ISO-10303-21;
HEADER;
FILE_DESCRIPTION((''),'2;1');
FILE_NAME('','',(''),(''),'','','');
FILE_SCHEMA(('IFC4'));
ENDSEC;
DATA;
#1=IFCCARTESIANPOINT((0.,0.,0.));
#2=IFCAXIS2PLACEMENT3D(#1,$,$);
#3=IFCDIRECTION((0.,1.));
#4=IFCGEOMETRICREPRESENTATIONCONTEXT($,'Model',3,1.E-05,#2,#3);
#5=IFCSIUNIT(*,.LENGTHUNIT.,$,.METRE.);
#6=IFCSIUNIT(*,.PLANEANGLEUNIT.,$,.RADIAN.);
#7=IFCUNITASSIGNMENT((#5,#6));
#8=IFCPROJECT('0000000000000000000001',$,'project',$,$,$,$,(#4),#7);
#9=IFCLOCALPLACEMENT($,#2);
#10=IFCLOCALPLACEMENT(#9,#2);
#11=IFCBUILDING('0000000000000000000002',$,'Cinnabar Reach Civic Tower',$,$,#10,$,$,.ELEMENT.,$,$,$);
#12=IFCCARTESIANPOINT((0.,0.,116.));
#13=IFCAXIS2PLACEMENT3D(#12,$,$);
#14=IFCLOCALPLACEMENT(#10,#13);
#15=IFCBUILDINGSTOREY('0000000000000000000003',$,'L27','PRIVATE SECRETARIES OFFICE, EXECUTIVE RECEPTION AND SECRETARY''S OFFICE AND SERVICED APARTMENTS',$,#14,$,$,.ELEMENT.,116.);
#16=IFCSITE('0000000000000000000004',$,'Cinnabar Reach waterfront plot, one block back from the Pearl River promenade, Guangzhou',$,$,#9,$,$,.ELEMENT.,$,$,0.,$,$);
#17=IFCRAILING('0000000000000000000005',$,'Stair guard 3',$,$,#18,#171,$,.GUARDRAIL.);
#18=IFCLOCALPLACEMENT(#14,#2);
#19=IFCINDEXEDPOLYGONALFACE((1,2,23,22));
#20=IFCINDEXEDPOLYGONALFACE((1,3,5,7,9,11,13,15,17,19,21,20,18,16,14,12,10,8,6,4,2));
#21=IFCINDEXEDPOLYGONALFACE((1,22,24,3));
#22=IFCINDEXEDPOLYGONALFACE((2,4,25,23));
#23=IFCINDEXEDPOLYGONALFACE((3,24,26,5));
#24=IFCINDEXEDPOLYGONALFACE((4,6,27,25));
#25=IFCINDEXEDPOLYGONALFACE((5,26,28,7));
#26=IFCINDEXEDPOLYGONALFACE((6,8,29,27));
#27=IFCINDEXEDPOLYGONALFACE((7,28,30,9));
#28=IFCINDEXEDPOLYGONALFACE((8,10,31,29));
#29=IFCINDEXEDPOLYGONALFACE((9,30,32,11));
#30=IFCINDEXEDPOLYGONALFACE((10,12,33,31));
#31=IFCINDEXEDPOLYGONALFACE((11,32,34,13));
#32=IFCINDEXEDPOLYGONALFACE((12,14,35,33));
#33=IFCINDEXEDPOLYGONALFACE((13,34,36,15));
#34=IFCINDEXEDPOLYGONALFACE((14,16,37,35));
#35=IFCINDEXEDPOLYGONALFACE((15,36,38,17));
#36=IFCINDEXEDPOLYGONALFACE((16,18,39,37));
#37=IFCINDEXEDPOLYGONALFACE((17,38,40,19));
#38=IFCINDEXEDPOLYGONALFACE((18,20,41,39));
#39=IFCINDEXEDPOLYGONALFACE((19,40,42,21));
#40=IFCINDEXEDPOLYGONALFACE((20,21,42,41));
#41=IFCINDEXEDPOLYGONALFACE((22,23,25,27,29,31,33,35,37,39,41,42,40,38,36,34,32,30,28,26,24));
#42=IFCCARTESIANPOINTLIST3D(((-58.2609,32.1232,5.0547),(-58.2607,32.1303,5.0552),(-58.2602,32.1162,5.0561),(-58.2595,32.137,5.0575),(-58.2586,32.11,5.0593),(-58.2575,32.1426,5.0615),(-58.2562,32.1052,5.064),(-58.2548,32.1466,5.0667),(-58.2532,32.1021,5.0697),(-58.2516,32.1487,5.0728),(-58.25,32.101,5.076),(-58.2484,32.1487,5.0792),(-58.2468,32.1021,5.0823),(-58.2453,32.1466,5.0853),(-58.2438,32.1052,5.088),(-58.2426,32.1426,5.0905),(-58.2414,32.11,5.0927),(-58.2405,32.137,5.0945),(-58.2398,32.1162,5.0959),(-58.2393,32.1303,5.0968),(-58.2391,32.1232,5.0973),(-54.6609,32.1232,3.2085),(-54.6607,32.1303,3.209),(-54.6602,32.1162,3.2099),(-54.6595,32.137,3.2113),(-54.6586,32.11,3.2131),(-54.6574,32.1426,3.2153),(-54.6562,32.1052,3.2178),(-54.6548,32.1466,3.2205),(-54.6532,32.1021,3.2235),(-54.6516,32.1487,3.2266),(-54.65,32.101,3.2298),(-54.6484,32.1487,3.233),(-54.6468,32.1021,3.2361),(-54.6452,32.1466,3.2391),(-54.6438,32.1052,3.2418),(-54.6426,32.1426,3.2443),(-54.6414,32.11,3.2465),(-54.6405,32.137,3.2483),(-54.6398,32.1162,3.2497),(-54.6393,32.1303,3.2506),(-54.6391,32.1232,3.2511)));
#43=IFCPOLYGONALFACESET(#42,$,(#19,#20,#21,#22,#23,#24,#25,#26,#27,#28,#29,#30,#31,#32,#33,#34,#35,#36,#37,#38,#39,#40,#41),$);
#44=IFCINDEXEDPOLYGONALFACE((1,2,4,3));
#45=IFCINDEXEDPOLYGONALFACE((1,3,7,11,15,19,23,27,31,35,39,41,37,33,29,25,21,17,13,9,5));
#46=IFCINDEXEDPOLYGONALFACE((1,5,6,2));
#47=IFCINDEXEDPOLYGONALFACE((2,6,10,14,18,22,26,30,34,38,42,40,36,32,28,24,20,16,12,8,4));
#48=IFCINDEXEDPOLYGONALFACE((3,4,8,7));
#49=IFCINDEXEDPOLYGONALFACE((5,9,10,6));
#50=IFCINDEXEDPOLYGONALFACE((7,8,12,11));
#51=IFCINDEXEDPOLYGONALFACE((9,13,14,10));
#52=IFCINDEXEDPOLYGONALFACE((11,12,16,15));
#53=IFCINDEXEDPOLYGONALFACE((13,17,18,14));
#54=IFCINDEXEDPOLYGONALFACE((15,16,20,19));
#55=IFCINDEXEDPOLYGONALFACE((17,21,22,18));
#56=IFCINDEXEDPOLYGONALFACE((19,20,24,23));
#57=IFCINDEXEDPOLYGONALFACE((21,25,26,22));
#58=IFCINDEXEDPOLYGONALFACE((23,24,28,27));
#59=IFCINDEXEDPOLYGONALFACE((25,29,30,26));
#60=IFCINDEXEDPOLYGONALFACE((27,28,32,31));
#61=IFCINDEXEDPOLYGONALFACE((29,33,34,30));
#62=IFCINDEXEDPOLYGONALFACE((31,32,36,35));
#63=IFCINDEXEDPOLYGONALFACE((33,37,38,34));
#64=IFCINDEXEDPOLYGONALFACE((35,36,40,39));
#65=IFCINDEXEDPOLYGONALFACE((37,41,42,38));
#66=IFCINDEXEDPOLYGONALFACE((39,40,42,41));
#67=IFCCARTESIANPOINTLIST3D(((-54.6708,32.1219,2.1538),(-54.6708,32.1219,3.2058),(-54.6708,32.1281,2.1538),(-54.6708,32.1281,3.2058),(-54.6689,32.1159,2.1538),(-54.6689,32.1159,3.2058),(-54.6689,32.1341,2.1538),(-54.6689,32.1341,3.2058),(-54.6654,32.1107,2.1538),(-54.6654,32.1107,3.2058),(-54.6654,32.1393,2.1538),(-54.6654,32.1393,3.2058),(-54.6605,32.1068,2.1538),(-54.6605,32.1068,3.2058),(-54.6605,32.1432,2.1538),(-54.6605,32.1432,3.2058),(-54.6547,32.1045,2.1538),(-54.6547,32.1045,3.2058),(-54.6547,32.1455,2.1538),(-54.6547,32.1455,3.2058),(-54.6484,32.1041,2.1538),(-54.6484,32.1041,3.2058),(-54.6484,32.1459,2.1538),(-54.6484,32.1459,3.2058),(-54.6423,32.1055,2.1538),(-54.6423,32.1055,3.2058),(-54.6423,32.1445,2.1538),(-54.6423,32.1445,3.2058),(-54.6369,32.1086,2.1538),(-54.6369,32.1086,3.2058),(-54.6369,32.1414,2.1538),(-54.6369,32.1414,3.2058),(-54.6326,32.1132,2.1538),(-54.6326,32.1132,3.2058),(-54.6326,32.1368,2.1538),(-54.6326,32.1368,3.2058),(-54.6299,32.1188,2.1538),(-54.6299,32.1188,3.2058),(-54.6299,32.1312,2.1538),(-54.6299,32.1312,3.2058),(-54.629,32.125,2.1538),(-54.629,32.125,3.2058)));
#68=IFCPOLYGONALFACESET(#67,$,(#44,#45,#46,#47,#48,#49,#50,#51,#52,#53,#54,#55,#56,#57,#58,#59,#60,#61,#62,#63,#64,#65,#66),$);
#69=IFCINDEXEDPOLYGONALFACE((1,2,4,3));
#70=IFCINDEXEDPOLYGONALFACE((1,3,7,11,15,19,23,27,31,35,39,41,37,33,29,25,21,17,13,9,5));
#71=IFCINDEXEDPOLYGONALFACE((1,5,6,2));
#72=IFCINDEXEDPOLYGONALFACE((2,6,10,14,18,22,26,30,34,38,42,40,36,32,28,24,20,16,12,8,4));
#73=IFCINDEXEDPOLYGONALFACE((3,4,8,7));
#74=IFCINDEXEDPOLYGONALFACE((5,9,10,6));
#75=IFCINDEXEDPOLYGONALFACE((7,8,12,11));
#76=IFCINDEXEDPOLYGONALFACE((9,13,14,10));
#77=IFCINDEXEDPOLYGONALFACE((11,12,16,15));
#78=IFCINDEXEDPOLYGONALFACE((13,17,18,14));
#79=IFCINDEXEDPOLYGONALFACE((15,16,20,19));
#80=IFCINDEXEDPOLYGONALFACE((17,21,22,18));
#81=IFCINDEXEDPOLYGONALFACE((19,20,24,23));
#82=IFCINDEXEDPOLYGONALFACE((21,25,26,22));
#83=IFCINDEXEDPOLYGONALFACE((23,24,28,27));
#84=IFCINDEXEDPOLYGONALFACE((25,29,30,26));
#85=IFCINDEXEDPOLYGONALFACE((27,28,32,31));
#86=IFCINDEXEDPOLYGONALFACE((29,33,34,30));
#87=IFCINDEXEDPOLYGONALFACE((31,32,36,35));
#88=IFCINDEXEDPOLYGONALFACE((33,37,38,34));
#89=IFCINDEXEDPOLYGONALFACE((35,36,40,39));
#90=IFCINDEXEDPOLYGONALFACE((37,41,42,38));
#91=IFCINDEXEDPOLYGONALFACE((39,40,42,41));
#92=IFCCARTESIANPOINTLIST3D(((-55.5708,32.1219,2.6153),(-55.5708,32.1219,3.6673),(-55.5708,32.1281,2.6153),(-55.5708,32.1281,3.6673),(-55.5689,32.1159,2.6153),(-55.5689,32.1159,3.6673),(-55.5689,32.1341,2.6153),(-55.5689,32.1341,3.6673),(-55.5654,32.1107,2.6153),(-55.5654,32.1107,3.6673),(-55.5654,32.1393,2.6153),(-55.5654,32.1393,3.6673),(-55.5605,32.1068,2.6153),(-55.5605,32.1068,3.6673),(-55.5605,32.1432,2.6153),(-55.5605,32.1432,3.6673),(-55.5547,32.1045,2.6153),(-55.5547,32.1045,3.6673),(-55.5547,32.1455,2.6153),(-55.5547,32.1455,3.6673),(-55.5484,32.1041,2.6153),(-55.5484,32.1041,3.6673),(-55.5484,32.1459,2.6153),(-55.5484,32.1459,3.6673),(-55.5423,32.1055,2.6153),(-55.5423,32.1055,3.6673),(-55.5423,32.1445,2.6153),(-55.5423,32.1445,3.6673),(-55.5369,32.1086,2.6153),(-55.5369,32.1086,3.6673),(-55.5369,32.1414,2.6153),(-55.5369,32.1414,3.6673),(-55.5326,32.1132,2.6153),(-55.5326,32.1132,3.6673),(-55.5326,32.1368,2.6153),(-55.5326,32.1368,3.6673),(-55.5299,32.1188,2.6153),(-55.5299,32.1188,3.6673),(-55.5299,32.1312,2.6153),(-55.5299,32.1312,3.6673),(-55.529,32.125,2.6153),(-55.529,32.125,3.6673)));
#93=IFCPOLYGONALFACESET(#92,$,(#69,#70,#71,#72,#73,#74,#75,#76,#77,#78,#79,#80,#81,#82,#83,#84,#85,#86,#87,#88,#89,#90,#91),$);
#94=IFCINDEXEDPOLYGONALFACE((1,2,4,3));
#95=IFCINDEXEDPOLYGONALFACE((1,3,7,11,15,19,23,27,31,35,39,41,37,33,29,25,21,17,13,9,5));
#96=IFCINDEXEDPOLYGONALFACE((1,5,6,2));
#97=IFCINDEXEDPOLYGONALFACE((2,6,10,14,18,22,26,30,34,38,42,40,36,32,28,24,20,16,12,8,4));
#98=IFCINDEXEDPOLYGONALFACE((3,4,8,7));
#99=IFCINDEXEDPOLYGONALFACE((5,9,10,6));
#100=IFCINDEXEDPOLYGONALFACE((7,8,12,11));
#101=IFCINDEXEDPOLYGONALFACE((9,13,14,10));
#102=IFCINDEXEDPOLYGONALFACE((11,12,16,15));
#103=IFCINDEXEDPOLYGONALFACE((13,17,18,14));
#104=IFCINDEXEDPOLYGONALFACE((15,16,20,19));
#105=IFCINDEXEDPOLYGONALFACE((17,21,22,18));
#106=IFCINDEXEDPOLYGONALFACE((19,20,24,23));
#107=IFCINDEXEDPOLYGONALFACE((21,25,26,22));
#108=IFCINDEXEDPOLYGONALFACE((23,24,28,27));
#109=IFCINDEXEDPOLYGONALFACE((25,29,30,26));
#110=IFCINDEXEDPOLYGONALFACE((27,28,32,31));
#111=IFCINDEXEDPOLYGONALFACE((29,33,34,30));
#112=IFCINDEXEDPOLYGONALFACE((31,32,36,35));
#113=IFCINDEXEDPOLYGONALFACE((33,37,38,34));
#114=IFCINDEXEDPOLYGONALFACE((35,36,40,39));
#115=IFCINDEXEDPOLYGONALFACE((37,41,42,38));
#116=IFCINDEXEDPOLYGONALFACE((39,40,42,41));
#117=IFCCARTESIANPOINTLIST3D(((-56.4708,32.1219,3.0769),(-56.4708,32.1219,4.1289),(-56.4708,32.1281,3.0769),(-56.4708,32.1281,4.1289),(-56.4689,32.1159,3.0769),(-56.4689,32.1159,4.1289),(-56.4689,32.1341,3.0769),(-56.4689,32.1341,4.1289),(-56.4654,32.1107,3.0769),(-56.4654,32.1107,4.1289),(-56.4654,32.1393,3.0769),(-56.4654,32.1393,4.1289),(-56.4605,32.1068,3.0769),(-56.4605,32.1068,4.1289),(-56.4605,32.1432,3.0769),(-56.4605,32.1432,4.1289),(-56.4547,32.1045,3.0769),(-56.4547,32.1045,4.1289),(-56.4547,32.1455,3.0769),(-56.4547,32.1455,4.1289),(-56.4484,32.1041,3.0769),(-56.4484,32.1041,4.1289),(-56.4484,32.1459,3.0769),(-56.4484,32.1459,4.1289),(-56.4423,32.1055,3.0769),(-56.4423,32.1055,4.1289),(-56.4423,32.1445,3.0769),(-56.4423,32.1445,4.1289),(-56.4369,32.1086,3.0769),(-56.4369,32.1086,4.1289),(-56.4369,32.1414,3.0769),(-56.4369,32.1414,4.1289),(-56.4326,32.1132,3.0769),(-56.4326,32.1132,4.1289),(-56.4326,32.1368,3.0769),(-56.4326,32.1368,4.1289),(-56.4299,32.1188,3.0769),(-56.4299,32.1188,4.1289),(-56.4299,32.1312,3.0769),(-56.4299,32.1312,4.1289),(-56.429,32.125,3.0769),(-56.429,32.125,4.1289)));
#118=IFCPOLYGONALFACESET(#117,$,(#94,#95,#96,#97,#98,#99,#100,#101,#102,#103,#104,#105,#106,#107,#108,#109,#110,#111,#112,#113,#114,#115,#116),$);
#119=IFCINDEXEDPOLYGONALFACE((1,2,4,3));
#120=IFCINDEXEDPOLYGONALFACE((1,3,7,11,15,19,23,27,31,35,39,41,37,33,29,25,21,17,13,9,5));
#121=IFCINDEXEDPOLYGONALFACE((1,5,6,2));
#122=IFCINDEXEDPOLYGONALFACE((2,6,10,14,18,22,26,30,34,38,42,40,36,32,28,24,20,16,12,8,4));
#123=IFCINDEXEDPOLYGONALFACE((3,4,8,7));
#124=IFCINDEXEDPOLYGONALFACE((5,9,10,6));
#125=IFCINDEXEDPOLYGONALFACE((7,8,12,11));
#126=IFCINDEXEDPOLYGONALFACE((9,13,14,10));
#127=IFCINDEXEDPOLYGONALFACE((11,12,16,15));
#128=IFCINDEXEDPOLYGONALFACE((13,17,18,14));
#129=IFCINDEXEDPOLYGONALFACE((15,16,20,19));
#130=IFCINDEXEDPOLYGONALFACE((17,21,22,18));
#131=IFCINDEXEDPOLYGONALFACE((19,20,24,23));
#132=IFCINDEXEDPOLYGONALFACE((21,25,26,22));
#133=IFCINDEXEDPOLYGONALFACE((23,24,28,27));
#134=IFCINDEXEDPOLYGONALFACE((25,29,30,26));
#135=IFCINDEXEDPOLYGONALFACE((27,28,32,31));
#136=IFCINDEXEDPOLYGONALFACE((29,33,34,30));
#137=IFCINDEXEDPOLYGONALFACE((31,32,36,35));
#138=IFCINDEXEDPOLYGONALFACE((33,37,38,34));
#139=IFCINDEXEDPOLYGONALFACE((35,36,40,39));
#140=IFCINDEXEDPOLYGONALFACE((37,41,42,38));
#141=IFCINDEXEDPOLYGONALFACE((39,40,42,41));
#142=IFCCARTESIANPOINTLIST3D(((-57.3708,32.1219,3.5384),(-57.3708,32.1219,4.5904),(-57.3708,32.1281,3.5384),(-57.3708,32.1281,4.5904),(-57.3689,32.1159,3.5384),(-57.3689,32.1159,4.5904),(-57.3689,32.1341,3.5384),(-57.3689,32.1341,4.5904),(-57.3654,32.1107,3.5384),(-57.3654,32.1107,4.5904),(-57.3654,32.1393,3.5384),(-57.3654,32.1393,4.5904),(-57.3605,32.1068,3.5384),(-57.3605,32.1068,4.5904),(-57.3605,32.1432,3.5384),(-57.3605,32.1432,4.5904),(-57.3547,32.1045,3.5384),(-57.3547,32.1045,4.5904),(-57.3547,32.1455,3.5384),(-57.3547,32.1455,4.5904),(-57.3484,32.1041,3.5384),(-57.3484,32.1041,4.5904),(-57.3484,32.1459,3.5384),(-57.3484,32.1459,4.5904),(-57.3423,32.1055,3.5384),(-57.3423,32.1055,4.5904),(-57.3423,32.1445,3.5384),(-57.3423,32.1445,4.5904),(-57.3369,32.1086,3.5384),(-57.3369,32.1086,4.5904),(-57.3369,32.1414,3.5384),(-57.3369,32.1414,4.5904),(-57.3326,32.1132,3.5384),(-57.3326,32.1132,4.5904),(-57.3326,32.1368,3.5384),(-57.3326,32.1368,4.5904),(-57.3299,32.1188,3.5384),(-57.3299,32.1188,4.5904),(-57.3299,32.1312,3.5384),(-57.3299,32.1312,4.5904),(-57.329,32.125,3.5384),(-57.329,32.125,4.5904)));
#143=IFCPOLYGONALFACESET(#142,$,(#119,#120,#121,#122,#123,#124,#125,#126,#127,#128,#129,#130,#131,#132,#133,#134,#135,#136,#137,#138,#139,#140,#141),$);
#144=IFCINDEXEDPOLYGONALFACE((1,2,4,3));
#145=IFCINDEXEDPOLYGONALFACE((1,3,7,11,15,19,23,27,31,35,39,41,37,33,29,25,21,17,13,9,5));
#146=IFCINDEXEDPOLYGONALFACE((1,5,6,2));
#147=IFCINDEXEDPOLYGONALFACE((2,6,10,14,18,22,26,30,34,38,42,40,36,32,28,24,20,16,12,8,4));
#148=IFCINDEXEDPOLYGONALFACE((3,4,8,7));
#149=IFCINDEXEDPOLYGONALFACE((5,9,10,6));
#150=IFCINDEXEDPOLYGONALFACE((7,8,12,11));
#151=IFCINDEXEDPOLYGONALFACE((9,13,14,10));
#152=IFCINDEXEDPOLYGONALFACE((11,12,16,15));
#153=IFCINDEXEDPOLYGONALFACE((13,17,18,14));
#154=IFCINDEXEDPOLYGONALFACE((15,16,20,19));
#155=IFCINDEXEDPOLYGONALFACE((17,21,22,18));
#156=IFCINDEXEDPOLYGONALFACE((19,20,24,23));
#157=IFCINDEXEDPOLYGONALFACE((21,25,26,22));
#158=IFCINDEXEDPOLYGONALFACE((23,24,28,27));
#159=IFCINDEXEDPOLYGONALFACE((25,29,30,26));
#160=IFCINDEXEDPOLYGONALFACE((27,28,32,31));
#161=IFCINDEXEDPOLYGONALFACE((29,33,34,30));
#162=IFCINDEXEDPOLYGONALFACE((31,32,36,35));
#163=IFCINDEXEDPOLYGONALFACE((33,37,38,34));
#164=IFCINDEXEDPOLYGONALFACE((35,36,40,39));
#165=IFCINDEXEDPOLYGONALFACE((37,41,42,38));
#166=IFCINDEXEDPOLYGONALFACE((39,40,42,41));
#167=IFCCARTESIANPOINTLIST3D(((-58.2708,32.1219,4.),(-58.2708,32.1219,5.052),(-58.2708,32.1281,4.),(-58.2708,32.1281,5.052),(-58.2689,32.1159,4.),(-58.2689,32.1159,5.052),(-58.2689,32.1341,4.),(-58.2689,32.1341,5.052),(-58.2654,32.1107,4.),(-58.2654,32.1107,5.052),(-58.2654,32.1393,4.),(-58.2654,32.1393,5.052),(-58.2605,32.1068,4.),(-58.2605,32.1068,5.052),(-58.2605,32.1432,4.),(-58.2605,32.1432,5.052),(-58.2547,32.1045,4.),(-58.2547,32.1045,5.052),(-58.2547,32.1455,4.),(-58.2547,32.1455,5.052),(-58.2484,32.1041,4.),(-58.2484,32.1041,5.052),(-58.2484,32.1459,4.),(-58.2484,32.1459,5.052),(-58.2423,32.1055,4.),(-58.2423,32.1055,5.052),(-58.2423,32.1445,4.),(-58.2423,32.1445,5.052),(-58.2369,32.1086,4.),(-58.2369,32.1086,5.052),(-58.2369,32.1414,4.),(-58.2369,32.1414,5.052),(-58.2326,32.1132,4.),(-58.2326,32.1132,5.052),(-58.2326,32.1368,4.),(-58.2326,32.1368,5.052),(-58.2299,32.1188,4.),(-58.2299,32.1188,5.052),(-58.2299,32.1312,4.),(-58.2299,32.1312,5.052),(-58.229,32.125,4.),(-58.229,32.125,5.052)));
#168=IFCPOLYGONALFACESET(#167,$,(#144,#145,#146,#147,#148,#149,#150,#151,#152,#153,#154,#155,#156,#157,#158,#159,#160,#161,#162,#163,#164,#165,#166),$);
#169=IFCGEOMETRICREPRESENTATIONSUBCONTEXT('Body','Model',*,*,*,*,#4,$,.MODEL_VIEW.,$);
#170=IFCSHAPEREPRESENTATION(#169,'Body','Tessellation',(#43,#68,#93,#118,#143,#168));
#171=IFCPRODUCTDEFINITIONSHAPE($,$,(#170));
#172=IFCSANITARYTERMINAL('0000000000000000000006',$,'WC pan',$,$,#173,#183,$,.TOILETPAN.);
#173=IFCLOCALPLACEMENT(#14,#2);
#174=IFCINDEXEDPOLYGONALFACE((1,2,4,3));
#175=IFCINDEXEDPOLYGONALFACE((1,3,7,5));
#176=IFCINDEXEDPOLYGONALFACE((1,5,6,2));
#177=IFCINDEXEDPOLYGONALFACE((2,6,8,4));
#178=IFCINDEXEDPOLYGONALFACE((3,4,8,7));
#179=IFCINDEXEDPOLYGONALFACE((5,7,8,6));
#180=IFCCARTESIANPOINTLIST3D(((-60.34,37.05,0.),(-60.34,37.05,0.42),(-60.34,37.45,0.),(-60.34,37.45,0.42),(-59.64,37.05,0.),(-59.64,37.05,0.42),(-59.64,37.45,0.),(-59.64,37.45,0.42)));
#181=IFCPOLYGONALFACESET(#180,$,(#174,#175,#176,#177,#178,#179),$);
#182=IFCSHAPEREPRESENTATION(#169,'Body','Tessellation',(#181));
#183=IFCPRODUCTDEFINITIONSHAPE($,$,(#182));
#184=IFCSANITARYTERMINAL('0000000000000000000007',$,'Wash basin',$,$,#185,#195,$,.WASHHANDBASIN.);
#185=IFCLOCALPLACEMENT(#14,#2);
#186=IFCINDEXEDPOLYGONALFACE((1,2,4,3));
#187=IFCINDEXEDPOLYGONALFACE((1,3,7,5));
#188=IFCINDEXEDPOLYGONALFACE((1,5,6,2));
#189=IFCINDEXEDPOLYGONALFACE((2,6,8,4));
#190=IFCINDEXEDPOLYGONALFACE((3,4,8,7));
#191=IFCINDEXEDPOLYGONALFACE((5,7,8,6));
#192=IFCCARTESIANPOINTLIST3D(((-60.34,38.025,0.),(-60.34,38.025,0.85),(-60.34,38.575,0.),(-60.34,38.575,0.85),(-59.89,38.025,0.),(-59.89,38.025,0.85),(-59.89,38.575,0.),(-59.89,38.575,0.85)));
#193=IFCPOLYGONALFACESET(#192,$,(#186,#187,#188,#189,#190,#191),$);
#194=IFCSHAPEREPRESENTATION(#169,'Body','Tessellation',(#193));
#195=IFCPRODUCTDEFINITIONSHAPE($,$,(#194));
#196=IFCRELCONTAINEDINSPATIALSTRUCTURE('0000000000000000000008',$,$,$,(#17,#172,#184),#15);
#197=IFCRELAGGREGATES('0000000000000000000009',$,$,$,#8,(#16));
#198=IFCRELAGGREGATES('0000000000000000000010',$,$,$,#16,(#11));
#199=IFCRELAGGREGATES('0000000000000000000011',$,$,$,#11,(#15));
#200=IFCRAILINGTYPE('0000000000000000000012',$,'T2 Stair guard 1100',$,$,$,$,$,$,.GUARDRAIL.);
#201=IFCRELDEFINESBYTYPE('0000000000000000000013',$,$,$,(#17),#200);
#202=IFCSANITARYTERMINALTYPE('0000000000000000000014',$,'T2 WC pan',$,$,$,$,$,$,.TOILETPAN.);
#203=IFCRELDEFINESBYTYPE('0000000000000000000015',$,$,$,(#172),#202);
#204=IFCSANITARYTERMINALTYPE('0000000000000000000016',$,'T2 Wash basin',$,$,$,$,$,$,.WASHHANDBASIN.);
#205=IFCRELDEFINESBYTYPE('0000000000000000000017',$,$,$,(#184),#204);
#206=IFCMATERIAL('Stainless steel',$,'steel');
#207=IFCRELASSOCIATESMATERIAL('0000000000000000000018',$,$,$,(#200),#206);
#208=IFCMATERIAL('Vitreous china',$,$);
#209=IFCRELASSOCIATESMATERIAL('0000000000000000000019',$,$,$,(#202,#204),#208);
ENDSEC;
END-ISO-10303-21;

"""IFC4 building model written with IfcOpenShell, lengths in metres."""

from ifc_helpers import new_model, si_unit, direction, frame, origin, origin_2d, place, context, subcontext, project, spatial, rectangle, circle, extrude, material, type_object, element, save


model = new_model("IFC4")

# Units and contexts
model_context = context("Model", 3, precision=1e-05, world=origin(), true_north=direction((0.0, 1.0)))
body_context = subcontext(model_context, "Body", "Model", "MODEL_VIEW")
ifc_project = project(units=[si_unit("LENGTHUNIT", "METRE"), si_unit("PLANEANGLEUNIT", "RADIAN")], contexts=[model_context])

# Site, building, storey
site_placement = place(None, origin())
site = spatial("IfcSite", under=ifc_project, at=site_placement, Name="Cinnabar Reach waterfront plot, one block back from the Pearl River promenade, Guangzhou", CompositionType="ELEMENT", RefElevation=0.0)
building_placement = place(site_placement, origin())
building = spatial("IfcBuilding", under=site, at=building_placement, Name="Cinnabar Reach Civic Tower", CompositionType="ELEMENT")
storey_placement = place(building_placement, frame((0.0, 0.0, 116.0)))
storey = spatial("IfcBuildingStorey", under=building, at=storey_placement, Name="L27", Description="PRIVATE SECRETARIES OFFICE, EXECUTIVE RECEPTION AND SECRETARY'S OFFICE AND SERVICED APARTMENTS", CompositionType="ELEMENT", Elevation=116.0)

# Railing
ifc_material_1 = material(Name="Stainless steel", Category="steel")
railing_type = type_object("IfcRailingType", Name="T2 Stair guard 1100", PredefinedType="GUARDRAIL", material=ifc_material_1)
railing_1_placement = place(storey_placement, frame((-54.65, 32.125, 2.1538)))
element("IfcRailing", 1, at=railing_1_placement, inside=storey, type_object=railing_type, Name="Stair guard 3", PredefinedType="GUARDRAIL", context=body_context, shape_type="SweptSolid", body=[
    extrude(circle(Radius=0.024, at=origin_2d()), frame((0.0, 0.0, 1.076), z_axis=(-0.889813, 0.0, 0.456326), x_axis=(0.0, -1.0, 0.0)), (0.0, 0.0, 1.0), 4.0458),
    extrude(circle(Radius=0.021, at=origin_2d()), origin(), (0.0, 0.0, 1.0), 1.052),
    extrude(circle(Radius=0.021, at=origin_2d()), frame((-0.9, 0.0, 0.4615)), (0.0, 0.0, 1.0), 1.052),
    extrude(circle(Radius=0.021, at=origin_2d()), frame((-1.8, 0.0, 0.9231)), (0.0, 0.0, 1.0), 1.052),
    extrude(circle(Radius=0.021, at=origin_2d()), frame((-2.7, 0.0, 1.3846)), (0.0, 0.0, 1.0), 1.052),
    extrude(circle(Radius=0.021, at=origin_2d()), frame((-3.6, 0.0, 1.8462)), (0.0, 0.0, 1.0), 1.052),
])

# Sanitary terminals
ifc_material_2 = material(Name="Vitreous china")
sanitary_terminal_type_1 = type_object("IfcSanitaryTerminalType", Name="T2 WC pan", PredefinedType="TOILETPAN", material=ifc_material_2)
sanitary_terminal_1_placement = place(storey_placement, frame((-59.99, 37.25, 0.0), z_axis=(0.0, 0.0, 1.0), x_axis=(1.0, 0.0, 0.0)))
element("IfcSanitaryTerminal", 2, at=sanitary_terminal_1_placement, inside=storey, type_object=sanitary_terminal_type_1, Name="WC pan", PredefinedType="TOILETPAN", context=body_context, shape_type="SweptSolid", body=[
    extrude(rectangle(XDim=0.7, YDim=0.4, at=origin_2d()), origin(), (0.0, 0.0, 1.0), 0.42),
])
sanitary_terminal_type_2 = type_object("IfcSanitaryTerminalType", Name="T2 Wash basin", PredefinedType="WASHHANDBASIN", material=ifc_material_2)
sanitary_terminal_2_placement = place(storey_placement, frame((-60.115, 38.3, 0.0), z_axis=(0.0, 0.0, 1.0), x_axis=(1.0, 0.0, 0.0)))
element("IfcSanitaryTerminal", 3, at=sanitary_terminal_2_placement, inside=storey, type_object=sanitary_terminal_type_2, Name="Wash basin", PredefinedType="WASHHANDBASIN", context=body_context, shape_type="SweptSolid", body=[
    extrude(rectangle(XDim=0.45, YDim=0.55, at=origin_2d()), origin(), (0.0, 0.0, 1.0), 0.85),
])

save(model, "model.ifc")
